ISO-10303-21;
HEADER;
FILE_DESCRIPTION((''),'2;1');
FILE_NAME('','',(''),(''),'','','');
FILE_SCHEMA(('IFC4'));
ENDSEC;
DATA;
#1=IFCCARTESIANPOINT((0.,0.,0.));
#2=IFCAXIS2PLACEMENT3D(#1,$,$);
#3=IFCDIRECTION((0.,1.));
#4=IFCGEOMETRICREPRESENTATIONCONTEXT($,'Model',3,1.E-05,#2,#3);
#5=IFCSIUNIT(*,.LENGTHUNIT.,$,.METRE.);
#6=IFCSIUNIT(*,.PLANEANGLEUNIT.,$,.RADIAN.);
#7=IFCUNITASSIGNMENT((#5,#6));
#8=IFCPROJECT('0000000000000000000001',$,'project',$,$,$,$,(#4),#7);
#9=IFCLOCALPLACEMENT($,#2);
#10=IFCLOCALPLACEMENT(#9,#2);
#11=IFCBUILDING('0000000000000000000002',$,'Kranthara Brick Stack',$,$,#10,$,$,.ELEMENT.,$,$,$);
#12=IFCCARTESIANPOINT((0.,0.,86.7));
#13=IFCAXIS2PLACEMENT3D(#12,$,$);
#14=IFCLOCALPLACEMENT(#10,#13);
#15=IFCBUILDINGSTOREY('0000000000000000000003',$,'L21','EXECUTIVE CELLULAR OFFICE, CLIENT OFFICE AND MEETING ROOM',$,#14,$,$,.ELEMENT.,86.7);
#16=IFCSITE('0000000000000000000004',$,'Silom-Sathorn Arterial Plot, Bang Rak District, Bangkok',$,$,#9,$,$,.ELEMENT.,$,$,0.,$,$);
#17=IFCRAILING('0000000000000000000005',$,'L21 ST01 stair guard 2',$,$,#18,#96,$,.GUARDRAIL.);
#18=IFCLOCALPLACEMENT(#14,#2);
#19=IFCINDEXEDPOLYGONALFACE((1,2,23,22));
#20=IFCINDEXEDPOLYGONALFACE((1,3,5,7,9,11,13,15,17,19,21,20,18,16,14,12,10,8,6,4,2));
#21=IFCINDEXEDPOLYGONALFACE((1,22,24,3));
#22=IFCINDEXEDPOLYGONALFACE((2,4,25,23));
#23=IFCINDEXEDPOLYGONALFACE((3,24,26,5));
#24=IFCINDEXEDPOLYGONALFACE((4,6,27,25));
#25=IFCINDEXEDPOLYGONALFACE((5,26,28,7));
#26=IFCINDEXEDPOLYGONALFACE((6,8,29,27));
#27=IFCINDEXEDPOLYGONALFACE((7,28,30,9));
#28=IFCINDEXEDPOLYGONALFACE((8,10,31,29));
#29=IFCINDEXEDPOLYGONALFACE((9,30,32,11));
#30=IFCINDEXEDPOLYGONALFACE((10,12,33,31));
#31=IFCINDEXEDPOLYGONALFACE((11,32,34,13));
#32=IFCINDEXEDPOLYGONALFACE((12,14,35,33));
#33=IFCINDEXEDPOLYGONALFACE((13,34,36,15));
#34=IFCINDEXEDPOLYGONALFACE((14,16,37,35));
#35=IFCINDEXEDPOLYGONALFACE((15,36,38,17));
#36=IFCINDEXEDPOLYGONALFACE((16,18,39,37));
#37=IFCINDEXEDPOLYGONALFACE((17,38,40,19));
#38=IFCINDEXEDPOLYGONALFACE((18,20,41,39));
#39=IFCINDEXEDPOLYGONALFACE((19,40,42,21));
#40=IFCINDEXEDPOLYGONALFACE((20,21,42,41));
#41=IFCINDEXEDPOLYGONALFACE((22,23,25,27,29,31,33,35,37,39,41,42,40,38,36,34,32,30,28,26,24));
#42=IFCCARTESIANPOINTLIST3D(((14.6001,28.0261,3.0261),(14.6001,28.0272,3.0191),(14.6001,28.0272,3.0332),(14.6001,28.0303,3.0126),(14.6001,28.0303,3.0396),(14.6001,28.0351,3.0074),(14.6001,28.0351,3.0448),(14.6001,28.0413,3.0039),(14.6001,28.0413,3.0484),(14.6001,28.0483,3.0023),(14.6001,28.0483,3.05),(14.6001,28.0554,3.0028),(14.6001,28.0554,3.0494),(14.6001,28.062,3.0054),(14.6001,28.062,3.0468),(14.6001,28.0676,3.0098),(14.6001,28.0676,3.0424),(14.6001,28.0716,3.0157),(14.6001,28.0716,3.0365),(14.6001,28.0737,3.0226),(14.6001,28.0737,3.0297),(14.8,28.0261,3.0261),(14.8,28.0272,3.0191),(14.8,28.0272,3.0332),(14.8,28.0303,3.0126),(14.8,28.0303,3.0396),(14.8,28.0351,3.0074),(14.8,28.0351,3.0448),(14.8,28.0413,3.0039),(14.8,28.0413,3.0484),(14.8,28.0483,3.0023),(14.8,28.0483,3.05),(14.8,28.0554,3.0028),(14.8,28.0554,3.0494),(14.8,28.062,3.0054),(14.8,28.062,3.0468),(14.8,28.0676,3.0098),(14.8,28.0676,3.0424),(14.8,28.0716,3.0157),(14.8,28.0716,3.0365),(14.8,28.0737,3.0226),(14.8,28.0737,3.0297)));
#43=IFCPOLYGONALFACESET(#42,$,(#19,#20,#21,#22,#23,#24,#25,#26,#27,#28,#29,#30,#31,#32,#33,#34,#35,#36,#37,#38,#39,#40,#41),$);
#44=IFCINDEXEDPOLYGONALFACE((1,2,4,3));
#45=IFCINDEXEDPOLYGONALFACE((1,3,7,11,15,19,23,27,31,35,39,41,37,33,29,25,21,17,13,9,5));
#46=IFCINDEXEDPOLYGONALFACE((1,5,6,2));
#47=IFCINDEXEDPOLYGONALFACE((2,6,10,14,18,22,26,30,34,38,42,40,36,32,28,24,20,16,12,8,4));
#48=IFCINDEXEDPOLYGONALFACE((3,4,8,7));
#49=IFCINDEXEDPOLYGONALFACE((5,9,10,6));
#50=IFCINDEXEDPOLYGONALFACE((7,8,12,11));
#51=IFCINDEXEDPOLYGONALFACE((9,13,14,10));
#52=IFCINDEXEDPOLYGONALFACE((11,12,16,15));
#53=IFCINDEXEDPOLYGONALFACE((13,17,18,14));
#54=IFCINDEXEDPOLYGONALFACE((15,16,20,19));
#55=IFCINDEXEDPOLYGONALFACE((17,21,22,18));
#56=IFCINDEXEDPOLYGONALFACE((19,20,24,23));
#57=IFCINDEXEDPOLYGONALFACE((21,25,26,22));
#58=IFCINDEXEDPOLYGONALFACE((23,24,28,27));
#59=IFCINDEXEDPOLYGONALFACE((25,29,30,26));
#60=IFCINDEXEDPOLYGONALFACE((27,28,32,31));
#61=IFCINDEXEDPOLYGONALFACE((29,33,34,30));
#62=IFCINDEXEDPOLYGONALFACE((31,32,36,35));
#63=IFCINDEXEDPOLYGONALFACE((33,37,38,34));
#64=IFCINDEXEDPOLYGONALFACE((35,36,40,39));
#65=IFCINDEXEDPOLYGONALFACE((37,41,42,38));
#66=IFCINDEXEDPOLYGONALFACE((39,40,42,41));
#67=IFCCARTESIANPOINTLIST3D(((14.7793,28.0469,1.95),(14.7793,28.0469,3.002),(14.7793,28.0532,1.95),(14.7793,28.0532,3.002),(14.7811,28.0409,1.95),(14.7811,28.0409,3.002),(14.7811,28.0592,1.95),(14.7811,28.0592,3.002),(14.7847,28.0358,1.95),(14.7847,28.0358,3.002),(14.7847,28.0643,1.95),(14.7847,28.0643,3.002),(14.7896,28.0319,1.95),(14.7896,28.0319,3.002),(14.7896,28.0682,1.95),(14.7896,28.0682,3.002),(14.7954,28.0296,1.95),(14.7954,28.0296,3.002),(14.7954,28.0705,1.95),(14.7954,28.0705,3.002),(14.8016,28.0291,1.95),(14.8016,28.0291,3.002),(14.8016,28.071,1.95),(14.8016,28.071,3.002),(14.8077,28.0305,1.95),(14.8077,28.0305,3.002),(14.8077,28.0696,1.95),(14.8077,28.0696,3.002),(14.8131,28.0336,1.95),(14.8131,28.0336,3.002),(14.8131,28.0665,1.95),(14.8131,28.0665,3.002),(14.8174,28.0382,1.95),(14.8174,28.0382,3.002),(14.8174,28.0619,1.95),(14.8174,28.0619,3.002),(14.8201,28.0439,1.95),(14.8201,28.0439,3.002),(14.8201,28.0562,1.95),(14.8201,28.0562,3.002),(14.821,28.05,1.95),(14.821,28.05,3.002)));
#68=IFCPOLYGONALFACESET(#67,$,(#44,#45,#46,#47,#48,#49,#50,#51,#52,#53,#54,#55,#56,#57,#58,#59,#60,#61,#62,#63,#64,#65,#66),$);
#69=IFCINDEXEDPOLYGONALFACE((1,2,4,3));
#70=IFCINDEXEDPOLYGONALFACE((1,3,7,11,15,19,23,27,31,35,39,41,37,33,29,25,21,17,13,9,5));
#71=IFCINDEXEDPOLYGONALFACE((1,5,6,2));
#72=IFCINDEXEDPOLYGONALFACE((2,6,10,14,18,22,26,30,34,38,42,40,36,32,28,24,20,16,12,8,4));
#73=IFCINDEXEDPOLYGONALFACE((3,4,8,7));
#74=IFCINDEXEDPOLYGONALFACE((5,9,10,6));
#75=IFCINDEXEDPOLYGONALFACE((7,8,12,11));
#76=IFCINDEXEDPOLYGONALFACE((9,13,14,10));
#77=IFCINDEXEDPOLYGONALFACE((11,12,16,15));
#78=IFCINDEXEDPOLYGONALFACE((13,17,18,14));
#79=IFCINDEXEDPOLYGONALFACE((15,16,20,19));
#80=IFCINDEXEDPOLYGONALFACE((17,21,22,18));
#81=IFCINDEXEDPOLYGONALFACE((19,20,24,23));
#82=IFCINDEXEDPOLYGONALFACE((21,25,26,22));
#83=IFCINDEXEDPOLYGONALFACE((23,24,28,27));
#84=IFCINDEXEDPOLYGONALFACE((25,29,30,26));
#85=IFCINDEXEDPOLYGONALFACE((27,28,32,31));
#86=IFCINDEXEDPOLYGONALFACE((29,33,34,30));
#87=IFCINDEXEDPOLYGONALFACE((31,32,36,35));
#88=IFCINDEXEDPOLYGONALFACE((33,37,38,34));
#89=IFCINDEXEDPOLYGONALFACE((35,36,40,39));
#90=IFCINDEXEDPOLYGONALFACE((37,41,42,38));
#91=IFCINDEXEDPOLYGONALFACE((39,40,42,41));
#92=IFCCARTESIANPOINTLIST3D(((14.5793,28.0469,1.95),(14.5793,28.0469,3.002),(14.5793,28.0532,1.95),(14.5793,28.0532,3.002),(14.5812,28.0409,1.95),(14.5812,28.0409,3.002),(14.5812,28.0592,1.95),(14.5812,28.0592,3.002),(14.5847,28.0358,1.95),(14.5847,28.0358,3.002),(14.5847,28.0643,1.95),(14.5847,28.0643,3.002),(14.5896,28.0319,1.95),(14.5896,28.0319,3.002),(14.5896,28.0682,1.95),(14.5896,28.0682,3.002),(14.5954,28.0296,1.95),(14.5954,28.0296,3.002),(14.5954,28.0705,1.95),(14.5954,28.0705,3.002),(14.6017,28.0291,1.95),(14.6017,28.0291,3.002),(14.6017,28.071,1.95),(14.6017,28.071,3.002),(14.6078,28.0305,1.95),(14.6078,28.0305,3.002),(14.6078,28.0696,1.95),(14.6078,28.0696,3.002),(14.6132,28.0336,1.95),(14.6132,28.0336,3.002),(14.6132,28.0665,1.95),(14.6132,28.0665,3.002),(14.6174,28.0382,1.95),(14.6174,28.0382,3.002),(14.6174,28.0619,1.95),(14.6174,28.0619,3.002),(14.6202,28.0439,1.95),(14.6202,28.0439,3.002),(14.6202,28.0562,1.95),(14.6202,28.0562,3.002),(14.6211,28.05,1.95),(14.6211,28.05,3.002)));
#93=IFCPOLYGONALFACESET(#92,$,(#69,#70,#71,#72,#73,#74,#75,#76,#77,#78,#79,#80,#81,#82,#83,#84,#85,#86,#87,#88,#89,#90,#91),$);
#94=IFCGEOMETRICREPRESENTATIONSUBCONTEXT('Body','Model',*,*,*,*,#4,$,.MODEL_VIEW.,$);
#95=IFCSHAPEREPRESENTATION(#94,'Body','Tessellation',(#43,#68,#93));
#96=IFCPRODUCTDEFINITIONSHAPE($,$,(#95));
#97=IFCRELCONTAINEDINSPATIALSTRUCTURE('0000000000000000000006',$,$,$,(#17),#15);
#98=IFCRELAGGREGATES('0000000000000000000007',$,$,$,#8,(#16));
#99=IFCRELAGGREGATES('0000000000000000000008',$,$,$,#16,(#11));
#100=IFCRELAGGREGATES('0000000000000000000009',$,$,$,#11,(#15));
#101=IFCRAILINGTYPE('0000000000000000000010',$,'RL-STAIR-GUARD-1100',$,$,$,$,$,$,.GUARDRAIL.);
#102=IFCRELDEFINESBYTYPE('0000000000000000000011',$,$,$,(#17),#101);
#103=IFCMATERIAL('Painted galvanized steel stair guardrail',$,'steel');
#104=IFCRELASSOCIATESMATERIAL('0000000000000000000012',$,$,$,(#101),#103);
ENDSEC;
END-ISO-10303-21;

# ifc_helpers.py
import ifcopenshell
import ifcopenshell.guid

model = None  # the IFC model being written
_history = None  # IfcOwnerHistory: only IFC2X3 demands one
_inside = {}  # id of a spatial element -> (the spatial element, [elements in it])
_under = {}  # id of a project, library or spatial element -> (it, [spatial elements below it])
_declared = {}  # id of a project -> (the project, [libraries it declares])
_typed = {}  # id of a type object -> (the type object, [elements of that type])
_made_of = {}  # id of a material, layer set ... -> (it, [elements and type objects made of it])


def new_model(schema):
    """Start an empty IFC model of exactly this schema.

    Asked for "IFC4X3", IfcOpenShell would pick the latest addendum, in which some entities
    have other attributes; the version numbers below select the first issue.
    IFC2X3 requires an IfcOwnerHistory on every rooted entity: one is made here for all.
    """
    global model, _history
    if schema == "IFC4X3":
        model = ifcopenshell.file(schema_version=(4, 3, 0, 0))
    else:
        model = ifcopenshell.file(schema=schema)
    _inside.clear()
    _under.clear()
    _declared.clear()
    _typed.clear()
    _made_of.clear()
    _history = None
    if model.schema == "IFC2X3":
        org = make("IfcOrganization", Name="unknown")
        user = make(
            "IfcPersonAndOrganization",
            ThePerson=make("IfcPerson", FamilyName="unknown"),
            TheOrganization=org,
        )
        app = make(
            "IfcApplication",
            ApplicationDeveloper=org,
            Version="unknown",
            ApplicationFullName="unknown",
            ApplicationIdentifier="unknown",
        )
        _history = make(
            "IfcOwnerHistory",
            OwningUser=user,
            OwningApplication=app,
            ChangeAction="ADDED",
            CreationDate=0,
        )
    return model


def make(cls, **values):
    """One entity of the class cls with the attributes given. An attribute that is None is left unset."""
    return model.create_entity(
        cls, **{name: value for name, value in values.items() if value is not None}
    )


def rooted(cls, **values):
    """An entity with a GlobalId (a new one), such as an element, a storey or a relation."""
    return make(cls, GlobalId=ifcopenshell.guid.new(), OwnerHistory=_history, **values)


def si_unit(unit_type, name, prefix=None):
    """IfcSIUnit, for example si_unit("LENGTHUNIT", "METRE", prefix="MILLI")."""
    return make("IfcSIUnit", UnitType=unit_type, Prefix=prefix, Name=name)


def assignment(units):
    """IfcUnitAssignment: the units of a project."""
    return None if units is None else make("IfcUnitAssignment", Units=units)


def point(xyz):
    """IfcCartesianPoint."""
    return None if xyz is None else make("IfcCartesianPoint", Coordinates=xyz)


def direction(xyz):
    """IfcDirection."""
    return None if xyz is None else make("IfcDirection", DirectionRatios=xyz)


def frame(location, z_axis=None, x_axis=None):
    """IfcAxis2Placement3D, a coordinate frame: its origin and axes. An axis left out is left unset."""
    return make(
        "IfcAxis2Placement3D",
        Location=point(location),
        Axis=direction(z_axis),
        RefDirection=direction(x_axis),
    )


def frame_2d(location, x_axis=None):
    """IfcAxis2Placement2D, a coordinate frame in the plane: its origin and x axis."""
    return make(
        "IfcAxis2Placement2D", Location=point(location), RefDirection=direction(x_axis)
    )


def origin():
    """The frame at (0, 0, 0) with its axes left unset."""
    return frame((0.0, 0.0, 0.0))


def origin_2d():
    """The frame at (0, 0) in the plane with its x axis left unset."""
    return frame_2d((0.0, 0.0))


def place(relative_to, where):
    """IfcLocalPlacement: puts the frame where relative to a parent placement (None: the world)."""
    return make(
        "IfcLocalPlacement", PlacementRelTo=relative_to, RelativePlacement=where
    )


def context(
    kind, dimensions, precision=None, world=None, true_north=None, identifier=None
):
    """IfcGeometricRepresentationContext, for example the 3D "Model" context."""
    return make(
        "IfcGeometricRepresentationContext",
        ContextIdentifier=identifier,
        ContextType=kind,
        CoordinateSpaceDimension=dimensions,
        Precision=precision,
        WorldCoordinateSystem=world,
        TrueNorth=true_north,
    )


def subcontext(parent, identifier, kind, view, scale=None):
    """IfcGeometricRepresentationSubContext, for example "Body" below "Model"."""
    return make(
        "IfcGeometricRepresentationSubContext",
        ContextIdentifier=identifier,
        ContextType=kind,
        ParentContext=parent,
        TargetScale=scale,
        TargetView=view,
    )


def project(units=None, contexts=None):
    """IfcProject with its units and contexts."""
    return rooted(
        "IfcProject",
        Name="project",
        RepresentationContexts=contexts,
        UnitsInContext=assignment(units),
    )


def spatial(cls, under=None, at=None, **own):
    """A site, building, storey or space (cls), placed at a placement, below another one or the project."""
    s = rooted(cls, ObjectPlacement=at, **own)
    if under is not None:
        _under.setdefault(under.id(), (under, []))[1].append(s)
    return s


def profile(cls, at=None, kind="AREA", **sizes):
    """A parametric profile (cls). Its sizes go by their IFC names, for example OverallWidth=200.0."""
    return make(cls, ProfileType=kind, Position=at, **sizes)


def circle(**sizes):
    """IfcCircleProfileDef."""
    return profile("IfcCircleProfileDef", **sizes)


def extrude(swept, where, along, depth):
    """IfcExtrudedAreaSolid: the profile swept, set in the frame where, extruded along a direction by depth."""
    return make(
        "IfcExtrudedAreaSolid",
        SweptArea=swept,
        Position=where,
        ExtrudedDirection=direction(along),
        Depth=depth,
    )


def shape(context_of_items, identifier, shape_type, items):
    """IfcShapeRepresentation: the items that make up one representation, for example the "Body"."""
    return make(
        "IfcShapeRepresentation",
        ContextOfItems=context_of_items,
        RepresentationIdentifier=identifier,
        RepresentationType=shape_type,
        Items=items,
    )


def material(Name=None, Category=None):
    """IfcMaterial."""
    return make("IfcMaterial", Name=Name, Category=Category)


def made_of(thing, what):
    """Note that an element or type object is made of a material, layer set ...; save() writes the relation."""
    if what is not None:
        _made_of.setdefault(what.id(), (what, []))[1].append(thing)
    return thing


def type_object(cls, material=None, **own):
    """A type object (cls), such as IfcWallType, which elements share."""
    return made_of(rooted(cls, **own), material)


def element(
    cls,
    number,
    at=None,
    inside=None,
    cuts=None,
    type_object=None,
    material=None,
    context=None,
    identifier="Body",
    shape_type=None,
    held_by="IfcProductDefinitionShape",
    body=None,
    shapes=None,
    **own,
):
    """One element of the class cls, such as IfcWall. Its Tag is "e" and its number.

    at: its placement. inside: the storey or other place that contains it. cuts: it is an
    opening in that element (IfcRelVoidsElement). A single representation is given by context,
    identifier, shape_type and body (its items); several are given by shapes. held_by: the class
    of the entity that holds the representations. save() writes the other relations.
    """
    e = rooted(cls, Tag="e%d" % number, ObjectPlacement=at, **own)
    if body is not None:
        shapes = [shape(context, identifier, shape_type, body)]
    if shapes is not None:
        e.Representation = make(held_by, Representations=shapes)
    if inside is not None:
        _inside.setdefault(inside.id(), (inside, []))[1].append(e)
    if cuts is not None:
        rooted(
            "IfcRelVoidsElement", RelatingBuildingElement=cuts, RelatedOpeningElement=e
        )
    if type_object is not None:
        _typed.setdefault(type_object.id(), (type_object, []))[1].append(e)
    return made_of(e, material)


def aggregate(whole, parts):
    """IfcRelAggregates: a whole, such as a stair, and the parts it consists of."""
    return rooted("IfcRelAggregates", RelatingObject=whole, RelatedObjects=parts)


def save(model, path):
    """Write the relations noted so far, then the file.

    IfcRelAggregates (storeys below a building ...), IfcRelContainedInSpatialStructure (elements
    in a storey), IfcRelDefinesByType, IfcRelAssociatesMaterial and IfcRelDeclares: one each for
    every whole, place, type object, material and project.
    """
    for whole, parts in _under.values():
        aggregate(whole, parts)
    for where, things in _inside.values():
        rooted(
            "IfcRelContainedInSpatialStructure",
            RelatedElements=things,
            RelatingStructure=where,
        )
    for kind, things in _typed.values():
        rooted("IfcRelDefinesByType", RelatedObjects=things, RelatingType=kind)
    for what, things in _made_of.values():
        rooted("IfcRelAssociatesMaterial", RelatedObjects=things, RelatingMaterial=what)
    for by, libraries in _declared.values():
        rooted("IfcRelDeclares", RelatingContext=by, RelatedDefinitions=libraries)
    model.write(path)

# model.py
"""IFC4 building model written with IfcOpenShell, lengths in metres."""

from ifc_helpers import new_model, si_unit, direction, frame, origin, origin_2d, place, context, subcontext, project, spatial, circle, extrude, material, type_object, element, save


model = new_model("IFC4")

# Units and contexts
model_context = context("Model", 3, precision=1e-05, world=origin(), true_north=direction((0.0, 1.0)))
body_context = subcontext(model_context, "Body", "Model", "MODEL_VIEW")
ifc_project = project(units=[si_unit("LENGTHUNIT", "METRE"), si_unit("PLANEANGLEUNIT", "RADIAN")], contexts=[model_context])

# Site, building, storey
site_placement = place(None, origin())
site = spatial("IfcSite", under=ifc_project, at=site_placement, Name="Silom-Sathorn Arterial Plot, Bang Rak District, Bangkok", CompositionType="ELEMENT", RefElevation=0.0)
building_placement = place(site_placement, origin())
building = spatial("IfcBuilding", under=site, at=building_placement, Name="Kranthara Brick Stack", CompositionType="ELEMENT")
storey_placement = place(building_placement, frame((0.0, 0.0, 86.7)))
storey = spatial("IfcBuildingStorey", under=building, at=storey_placement, Name="L21", Description="EXECUTIVE CELLULAR OFFICE, CLIENT OFFICE AND MEETING ROOM", CompositionType="ELEMENT", Elevation=86.7)

# Railing
ifc_material_1 = material(Name="Painted galvanized steel stair guardrail", Category="steel")
railing_type_1 = type_object("IfcRailingType", Name="RL-STAIR-GUARD-1100", PredefinedType="GUARDRAIL", material=ifc_material_1)
railing_1_placement = place(storey_placement, frame((14.8, 28.05, 1.95)))
element("IfcRailing", 1, at=railing_1_placement, inside=storey, type_object=railing_type_1, Name="L21 ST01 stair guard 2", PredefinedType="GUARDRAIL", context=body_context, shape_type="SweptSolid", body=[
    extrude(circle(Radius=0.0239, at=origin_2d()), frame((0.0, 0.0, 1.0762), z_axis=(-1.0, 0.0, 0.0), x_axis=(0.0, -1.0, 0.0)), (0.0, 0.0, 1.0), 0.2),
    extrude(circle(Radius=0.021, at=origin_2d()), origin(), (0.0, 0.0, 1.0), 1.052),
    extrude(circle(Radius=0.021, at=origin_2d()), frame((-0.2, 0.0, 0.0)), (0.0, 0.0, 1.0), 1.052),
])

save(model, "model.ifc")
